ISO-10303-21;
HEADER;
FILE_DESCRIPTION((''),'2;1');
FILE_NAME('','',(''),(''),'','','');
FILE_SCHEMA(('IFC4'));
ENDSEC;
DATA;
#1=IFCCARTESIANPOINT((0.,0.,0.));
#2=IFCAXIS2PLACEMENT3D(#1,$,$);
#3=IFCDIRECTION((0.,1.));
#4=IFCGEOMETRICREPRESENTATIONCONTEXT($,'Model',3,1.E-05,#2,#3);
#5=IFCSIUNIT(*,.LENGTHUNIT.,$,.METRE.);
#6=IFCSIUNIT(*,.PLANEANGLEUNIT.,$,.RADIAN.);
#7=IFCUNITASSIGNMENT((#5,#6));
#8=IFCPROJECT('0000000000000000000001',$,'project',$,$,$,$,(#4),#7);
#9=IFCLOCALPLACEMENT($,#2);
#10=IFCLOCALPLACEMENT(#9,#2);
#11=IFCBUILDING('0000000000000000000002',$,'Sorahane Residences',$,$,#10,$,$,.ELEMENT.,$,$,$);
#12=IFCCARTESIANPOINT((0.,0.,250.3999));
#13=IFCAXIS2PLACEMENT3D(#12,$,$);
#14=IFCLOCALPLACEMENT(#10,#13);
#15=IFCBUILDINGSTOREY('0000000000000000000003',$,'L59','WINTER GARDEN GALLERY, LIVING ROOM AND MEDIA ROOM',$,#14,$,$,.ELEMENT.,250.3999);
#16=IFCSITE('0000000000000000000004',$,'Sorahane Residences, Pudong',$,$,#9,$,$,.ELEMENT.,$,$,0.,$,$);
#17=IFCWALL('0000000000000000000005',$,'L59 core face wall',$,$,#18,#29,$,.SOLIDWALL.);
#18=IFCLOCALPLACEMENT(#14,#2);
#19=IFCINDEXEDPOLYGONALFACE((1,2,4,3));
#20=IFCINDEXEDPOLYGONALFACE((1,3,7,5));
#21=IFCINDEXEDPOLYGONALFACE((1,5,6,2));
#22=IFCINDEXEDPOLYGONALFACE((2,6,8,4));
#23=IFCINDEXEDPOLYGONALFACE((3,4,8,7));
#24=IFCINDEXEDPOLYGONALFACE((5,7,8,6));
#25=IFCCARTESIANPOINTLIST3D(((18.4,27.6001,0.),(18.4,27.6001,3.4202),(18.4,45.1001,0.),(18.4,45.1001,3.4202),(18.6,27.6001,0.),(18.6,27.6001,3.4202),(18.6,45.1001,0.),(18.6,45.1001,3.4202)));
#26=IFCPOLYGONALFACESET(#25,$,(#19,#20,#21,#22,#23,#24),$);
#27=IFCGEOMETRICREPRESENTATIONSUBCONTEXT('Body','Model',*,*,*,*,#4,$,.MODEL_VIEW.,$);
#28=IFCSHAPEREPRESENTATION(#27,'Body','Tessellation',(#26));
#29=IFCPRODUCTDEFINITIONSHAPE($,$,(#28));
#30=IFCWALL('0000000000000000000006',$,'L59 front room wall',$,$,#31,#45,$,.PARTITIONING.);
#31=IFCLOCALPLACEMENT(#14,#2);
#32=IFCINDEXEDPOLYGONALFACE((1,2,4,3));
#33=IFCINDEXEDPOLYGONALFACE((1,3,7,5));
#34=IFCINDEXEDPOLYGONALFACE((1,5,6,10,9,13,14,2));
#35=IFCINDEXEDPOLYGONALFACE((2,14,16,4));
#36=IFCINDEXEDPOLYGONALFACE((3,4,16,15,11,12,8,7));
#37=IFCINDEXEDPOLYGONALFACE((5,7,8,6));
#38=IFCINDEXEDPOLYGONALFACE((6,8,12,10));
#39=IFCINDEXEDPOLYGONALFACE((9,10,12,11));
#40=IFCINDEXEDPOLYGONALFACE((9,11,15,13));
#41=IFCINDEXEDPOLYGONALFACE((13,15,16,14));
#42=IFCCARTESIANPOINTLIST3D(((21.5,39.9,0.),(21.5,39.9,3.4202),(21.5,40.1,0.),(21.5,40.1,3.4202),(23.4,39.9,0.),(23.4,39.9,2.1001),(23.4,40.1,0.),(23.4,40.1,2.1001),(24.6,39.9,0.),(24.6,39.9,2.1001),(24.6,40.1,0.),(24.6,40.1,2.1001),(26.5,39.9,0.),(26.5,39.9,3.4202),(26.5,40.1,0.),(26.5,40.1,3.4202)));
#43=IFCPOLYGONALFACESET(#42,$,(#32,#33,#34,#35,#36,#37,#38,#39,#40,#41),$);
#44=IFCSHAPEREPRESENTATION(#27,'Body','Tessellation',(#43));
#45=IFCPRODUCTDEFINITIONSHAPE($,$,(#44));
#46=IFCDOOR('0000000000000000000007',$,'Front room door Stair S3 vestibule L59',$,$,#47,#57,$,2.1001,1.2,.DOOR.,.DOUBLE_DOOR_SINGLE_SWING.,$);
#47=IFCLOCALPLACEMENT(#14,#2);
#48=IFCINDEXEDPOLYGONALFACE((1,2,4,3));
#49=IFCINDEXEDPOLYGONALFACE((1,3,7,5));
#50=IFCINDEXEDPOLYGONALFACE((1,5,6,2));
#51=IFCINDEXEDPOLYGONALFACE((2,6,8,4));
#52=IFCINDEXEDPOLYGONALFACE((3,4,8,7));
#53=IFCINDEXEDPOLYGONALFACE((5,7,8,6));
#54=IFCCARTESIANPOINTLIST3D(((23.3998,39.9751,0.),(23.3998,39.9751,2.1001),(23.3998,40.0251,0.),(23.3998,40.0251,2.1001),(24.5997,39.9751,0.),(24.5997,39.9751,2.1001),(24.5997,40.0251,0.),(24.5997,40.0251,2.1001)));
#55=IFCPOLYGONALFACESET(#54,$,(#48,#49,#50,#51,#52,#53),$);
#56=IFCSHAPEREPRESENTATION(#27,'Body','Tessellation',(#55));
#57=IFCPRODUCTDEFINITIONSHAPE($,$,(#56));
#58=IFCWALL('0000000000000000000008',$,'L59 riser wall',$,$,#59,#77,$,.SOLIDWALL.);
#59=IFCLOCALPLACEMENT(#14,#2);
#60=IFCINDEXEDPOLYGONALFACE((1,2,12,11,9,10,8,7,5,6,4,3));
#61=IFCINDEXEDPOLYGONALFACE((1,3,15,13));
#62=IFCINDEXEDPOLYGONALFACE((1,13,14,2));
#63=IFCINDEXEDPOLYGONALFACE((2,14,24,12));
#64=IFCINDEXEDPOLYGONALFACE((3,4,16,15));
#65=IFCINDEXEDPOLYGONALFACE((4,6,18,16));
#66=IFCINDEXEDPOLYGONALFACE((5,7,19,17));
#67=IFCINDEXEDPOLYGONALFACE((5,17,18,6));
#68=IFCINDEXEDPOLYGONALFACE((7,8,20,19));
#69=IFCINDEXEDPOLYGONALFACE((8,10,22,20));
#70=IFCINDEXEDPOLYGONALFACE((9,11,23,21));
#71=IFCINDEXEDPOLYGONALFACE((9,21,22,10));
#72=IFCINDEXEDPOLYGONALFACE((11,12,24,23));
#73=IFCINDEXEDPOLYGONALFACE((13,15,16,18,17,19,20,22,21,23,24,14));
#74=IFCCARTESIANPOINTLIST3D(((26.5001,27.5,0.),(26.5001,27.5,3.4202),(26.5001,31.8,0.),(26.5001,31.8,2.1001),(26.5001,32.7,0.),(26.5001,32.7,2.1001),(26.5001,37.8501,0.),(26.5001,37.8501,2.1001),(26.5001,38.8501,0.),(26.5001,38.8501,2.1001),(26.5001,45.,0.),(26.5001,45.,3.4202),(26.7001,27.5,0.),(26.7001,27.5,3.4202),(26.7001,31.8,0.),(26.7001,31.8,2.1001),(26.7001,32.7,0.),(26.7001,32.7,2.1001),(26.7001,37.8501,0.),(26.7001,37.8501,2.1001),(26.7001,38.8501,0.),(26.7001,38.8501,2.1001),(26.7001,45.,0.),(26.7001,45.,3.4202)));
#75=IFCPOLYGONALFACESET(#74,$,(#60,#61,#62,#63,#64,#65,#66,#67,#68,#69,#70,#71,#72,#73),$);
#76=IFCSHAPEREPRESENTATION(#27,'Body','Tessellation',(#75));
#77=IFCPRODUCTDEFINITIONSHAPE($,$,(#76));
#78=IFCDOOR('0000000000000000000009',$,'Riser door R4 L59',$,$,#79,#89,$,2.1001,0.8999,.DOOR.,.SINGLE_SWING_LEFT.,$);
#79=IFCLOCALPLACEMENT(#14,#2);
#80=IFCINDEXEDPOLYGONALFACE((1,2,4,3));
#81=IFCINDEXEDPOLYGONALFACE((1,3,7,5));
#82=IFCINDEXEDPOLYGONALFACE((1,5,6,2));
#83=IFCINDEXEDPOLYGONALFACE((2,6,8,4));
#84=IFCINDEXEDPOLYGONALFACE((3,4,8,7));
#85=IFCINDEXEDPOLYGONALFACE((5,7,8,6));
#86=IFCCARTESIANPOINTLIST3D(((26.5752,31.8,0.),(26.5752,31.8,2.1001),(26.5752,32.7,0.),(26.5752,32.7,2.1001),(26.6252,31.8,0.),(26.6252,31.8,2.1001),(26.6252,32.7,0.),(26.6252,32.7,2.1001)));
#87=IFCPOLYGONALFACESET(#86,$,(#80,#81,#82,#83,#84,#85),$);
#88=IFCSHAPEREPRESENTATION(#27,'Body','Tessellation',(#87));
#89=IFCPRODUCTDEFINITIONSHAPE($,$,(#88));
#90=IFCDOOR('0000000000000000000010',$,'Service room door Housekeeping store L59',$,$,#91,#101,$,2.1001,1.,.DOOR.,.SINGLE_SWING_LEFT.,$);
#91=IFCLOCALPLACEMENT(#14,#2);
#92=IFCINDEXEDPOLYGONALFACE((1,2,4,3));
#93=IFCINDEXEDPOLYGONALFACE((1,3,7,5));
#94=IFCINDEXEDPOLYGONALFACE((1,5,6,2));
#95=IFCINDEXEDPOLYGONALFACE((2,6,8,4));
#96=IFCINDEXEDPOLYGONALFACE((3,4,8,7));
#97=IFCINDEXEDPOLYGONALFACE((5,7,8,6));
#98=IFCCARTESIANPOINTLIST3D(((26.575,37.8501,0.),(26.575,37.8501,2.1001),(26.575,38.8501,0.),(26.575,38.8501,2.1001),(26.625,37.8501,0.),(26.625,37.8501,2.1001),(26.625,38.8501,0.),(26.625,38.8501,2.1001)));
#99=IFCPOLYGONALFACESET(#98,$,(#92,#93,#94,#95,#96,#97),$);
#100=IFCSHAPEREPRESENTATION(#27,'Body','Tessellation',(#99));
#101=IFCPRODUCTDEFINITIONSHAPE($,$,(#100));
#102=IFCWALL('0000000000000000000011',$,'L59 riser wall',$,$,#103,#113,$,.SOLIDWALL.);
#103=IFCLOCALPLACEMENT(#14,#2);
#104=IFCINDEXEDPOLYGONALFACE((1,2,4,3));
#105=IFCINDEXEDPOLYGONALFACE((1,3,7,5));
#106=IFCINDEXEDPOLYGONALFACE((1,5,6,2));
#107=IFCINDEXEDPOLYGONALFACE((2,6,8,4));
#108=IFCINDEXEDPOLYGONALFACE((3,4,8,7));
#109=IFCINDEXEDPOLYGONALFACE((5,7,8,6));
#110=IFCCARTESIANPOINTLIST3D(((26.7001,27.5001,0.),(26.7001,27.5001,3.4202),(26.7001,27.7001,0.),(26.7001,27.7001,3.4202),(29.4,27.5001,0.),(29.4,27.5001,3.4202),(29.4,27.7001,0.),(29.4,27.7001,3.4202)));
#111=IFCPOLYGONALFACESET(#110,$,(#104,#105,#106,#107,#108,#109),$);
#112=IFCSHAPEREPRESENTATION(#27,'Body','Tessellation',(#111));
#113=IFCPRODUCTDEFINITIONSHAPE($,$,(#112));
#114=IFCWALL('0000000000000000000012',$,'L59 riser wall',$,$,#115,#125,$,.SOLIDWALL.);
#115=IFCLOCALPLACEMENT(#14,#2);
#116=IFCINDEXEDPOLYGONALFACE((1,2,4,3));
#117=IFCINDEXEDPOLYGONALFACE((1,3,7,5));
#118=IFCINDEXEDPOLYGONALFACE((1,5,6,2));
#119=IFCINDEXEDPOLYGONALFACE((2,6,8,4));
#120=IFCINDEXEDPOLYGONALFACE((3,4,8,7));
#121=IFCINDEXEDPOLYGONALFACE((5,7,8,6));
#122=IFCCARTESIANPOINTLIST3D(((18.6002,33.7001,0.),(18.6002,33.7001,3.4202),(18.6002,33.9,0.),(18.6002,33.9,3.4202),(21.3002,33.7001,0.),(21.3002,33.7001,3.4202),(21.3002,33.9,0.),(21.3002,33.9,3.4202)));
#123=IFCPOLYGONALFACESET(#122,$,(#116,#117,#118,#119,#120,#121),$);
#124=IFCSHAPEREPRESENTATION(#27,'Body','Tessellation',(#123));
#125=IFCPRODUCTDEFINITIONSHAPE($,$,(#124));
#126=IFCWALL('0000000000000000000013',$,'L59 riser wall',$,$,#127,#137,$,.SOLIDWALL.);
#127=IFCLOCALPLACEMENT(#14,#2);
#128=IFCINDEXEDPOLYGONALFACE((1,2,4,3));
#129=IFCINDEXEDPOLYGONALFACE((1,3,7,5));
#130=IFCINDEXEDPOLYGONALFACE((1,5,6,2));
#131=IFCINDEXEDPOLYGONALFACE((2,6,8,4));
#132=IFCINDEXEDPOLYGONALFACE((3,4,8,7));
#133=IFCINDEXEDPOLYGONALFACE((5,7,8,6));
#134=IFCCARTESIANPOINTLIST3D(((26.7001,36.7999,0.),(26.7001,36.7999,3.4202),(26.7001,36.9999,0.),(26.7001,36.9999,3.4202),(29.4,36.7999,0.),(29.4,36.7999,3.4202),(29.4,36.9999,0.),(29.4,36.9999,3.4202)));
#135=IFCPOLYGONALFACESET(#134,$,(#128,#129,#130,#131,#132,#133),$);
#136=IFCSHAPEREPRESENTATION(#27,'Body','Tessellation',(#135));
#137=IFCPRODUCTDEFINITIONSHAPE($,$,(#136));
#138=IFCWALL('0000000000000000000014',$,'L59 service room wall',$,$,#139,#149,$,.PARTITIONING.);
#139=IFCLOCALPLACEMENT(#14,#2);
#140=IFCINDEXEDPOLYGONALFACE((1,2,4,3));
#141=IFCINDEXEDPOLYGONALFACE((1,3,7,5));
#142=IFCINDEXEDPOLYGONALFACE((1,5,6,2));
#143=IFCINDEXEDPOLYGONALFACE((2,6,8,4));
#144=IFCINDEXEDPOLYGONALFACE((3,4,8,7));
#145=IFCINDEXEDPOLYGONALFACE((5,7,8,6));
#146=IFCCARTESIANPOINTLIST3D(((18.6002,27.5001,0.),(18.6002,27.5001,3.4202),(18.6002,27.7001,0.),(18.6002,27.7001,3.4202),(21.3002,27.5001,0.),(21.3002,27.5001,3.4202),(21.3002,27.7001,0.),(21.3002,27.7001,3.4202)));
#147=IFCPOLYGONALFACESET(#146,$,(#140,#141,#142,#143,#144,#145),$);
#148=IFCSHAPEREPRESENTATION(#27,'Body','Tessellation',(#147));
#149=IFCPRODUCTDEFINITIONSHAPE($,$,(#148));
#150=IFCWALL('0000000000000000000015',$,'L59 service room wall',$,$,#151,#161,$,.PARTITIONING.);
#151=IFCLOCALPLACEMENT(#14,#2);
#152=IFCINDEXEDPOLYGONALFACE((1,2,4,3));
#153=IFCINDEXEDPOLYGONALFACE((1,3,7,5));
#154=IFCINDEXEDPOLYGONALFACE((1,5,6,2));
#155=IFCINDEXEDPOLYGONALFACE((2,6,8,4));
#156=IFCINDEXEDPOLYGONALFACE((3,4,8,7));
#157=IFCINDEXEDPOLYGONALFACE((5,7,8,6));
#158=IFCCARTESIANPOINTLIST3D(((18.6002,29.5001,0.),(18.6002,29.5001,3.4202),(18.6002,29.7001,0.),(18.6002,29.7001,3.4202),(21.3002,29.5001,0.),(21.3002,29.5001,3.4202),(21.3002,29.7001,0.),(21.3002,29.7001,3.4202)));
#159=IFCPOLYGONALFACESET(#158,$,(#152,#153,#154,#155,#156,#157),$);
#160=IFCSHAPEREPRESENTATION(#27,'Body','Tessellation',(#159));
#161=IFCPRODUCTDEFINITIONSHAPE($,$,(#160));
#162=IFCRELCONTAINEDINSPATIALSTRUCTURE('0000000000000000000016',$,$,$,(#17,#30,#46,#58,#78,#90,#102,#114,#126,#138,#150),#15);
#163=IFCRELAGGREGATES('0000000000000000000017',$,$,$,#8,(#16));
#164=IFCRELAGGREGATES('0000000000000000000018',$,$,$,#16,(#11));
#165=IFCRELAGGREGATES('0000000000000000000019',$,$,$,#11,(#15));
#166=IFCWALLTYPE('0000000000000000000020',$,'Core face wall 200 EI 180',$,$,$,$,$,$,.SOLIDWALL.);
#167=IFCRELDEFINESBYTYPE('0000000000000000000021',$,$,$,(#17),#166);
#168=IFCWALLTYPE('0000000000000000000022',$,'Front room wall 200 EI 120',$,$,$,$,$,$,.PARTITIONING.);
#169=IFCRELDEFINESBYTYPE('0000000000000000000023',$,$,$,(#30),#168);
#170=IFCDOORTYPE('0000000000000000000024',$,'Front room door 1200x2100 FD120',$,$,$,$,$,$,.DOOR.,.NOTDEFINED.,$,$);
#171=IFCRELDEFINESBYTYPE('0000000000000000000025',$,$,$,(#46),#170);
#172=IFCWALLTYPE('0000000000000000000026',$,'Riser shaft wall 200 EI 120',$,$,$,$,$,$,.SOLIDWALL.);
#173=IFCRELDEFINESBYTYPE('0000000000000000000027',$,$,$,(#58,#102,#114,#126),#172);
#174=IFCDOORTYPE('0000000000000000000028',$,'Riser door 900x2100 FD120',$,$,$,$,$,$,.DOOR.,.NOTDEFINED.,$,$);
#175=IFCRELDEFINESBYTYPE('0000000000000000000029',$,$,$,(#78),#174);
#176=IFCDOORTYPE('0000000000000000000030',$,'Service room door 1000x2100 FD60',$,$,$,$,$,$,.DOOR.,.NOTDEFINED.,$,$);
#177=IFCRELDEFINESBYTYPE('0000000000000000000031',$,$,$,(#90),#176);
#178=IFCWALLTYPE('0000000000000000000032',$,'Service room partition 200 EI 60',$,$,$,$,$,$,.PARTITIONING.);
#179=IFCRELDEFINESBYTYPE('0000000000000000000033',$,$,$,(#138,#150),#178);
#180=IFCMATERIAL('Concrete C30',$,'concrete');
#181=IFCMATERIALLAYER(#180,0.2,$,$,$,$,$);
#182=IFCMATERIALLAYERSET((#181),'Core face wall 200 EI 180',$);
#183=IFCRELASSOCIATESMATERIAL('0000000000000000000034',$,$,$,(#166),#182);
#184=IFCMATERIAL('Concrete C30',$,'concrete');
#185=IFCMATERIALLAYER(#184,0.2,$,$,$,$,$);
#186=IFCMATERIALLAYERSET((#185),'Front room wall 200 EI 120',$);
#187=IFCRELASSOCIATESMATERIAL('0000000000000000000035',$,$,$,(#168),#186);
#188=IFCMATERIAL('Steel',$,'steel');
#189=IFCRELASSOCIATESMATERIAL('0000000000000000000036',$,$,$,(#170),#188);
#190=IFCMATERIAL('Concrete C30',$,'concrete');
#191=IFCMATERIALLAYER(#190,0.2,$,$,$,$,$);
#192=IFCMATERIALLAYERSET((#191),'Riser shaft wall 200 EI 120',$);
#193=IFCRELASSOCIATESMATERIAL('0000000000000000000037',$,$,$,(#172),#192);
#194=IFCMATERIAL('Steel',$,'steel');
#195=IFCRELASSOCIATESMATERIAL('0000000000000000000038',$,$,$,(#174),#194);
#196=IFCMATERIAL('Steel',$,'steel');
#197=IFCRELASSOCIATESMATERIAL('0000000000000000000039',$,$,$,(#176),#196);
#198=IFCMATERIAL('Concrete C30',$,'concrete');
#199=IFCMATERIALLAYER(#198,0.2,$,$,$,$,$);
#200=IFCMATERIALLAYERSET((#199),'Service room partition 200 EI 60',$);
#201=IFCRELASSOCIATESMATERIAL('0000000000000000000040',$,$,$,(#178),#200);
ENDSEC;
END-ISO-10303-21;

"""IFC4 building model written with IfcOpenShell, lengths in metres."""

from ifc_helpers import new_model, si_unit, direction, frame, frame_2d, origin, place, context, subcontext, project, spatial, rectangle, extrude, material, layer, layer_set, type_object, element, fill, save


model = new_model("IFC4")

# Units and contexts
model_context = context("Model", 3, precision=1e-05, world=origin(), true_north=direction((0.0, 1.0)))
body_context = subcontext(model_context, "Body", "Model", "MODEL_VIEW")
ifc_project = project(units=[si_unit("LENGTHUNIT", "METRE"), si_unit("PLANEANGLEUNIT", "RADIAN")], contexts=[model_context])

# Site, building, storey
site_placement = place(None, origin())
site = spatial("IfcSite", under=ifc_project, at=site_placement, Name="Sorahane Residences, Pudong", CompositionType="ELEMENT", RefElevation=0.0)
building_placement = place(site_placement, origin())
building = spatial("IfcBuilding", under=site, at=building_placement, Name="Sorahane Residences", CompositionType="ELEMENT")
storey_placement = place(building_placement, frame((0.0, 0.0, 250.3999)))
storey = spatial("IfcBuildingStorey", under=building, at=storey_placement, Name="L59", Description="WINTER GARDEN GALLERY, LIVING ROOM AND MEDIA ROOM", CompositionType="ELEMENT", Elevation=250.3999)

# Wall
ifc_material_1 = material(Name="Concrete C30", Category="concrete")
ifc_layer_1 = layer(ifc_material_1, 0.2)
ifc_layer_set_1 = layer_set([ifc_layer_1], Name="Core face wall 200 EI 180")
wall_type_1 = type_object("IfcWallType", Name="Core face wall 200 EI 180", PredefinedType="SOLIDWALL", material=ifc_layer_set_1)
wall_1_placement = place(storey_placement, frame((18.5, 27.6001, 0.0), z_axis=(0.0, 0.0, 1.0), x_axis=(0.0, 1.0, 0.0)))
element("IfcWall", 1, at=wall_1_placement, inside=storey, type_object=wall_type_1, Name="L59 core face wall", PredefinedType="SOLIDWALL", context=body_context, shape_type="SweptSolid", body=[
    extrude(rectangle(XDim=17.5, YDim=0.2, at=frame_2d((8.75, 0.0))), origin(), (0.0, 0.0, 1.0), 3.4202),
])

# Wall, opening, door
ifc_material_2 = material(Name="Concrete C30", Category="concrete")
ifc_layer_2 = layer(ifc_material_2, 0.2)
ifc_layer_set_2 = layer_set([ifc_layer_2], Name="Front room wall 200 EI 120")
wall_type_2 = type_object("IfcWallType", Name="Front room wall 200 EI 120", PredefinedType="PARTITIONING", material=ifc_layer_set_2)
wall_2_placement = place(storey_placement, frame((21.5, 40.0, 0.0), z_axis=(0.0, 0.0, 1.0), x_axis=(1.0, 0.0, 0.0)))
wall_2 = element("IfcWall", 2, at=wall_2_placement, inside=storey, type_object=wall_type_2, Name="L59 front room wall", PredefinedType="PARTITIONING", context=body_context, shape_type="SweptSolid", body=[
    extrude(rectangle(XDim=5.0, YDim=0.2, at=frame_2d((2.5, 0.0))), origin(), (0.0, 0.0, 1.0), 3.4202),
])
opening_1_placement = place(wall_2_placement, frame((1.8999, 0.0, 0.0)))
opening_1 = element("IfcOpeningElement", 3, at=opening_1_placement, cuts=wall_2, PredefinedType="OPENING", context=body_context, shape_type="SweptSolid", body=[
    extrude(rectangle(XDim=1.2, YDim=2.1001, at=frame_2d((0.6001, 1.05))), frame((0.0, 0.1099, 0.0), z_axis=(0.0, -1.0, 0.0), x_axis=(1.0, 0.0, 0.0)), (0.0, 0.0, 1.0), 0.22),
])
ifc_material_3 = material(Name="Steel", Category="steel")
door_type_1 = type_object("IfcDoorType", Name="Front room door 1200x2100 FD120", OperationType="NOTDEFINED", PredefinedType="DOOR", material=ifc_material_3)
door_1_placement = place(opening_1_placement, frame((1.2, 0.0, 0.0), z_axis=(0.0, 0.0, 1.0), x_axis=(-1.0, 0.0, 0.0)))
door_1 = element("IfcDoor", 4, at=door_1_placement, inside=storey, type_object=door_type_1, Name="Front room door Stair S3 vestibule L59", OperationType="DOUBLE_DOOR_SINGLE_SWING", OverallHeight=2.1001, OverallWidth=1.2, PredefinedType="DOOR", context=body_context, shape_type="SweptSolid", body=[
    extrude(rectangle(XDim=1.2, YDim=2.1001, at=frame_2d((0.6001, 1.05))), frame((0.0, 0.0249, 0.0), z_axis=(0.0, -1.0, 0.0), x_axis=(1.0, 0.0, 0.0)), (0.0, 0.0, 1.0), 0.05),
])
fill(opening_1, door_1)

# Wall, openings, doors
ifc_material_4 = material(Name="Concrete C30", Category="concrete")
ifc_layer_3 = layer(ifc_material_4, 0.2)
ifc_layer_set_3 = layer_set([ifc_layer_3], Name="Riser shaft wall 200 EI 120")
wall_type_3 = type_object("IfcWallType", Name="Riser shaft wall 200 EI 120", PredefinedType="SOLIDWALL", material=ifc_layer_set_3)
wall_3_placement = place(storey_placement, frame((26.6001, 27.5, 0.0), z_axis=(0.0, 0.0, 1.0), x_axis=(0.0, 1.0, 0.0)))
wall_3 = element("IfcWall", 5, at=wall_3_placement, inside=storey, type_object=wall_type_3, Name="L59 riser wall", PredefinedType="SOLIDWALL", context=body_context, shape_type="SweptSolid", body=[
    extrude(rectangle(XDim=17.5, YDim=0.2, at=frame_2d((8.75, 0.0))), origin(), (0.0, 0.0, 1.0), 3.4202),
])
opening_2_placement = place(wall_3_placement, frame((4.3, 0.0, 0.0)))
opening_2 = element("IfcOpeningElement", 6, at=opening_2_placement, cuts=wall_3, PredefinedType="OPENING", context=body_context, shape_type="SweptSolid", body=[
    extrude(rectangle(XDim=0.8999, YDim=2.1001, at=frame_2d((0.45, 1.05))), frame((0.0, 0.1099, 0.0), z_axis=(0.0, -1.0, 0.0), x_axis=(1.0, 0.0, 0.0)), (0.0, 0.0, 1.0), 0.22),
])
opening_3_placement = place(wall_3_placement, frame((10.3501, 0.0, 0.0)))
opening_3 = element("IfcOpeningElement", 7, at=opening_3_placement, cuts=wall_3, PredefinedType="OPENING", context=body_context, shape_type="SweptSolid", body=[
    extrude(rectangle(XDim=1.0, YDim=2.1001, at=frame_2d((0.5, 1.05))), frame((0.0, 0.1099, 0.0), z_axis=(0.0, -1.0, 0.0), x_axis=(1.0, 0.0, 0.0)), (0.0, 0.0, 1.0), 0.22),
])
ifc_material_5 = material(Name="Steel", Category="steel")
door_type_2 = type_object("IfcDoorType", Name="Riser door 900x2100 FD120", OperationType="NOTDEFINED", PredefinedType="DOOR", material=ifc_material_5)
door_2_placement = place(opening_2_placement, origin())
door_2 = element("IfcDoor", 8, at=door_2_placement, inside=storey, type_object=door_type_2, Name="Riser door R4 L59", OperationType="SINGLE_SWING_LEFT", OverallHeight=2.1001, OverallWidth=0.8999, PredefinedType="DOOR", context=body_context, shape_type="SweptSolid", body=[
    extrude(rectangle(XDim=0.8999, YDim=2.1001, at=frame_2d((0.45, 1.05))), frame((0.0, 0.0249, 0.0), z_axis=(0.0, -1.0, 0.0), x_axis=(1.0, 0.0, 0.0)), (0.0, 0.0, 1.0), 0.05),
])
fill(opening_2, door_2)
ifc_material_6 = material(Name="Steel", Category="steel")
door_type_3 = type_object("IfcDoorType", Name="Service room door 1000x2100 FD60", OperationType="NOTDEFINED", PredefinedType="DOOR", material=ifc_material_6)
door_3_placement = place(opening_3_placement, frame((1.0, 0.0, 0.0), z_axis=(0.0, 0.0, 1.0), x_axis=(-1.0, 0.0, 0.0)))
door_3 = element("IfcDoor", 9, at=door_3_placement, inside=storey, type_object=door_type_3, Name="Service room door Housekeeping store L59", OperationType="SINGLE_SWING_LEFT", OverallHeight=2.1001, OverallWidth=1.0, PredefinedType="DOOR", context=body_context, shape_type="SweptSolid", body=[
    extrude(rectangle(XDim=1.0, YDim=2.1001, at=frame_2d((0.5, 1.05))), frame((0.0, 0.0249, 0.0), z_axis=(0.0, -1.0, 0.0), x_axis=(1.0, 0.0, 0.0)), (0.0, 0.0, 1.0), 0.05),
])
fill(opening_3, door_3)

# Walls
for number, where, z_axis, x_axis, name in (
    (10, (26.7, 27.6001, 0.0), (0.0, 0.0, 1.0), (1.0, 0.0, 0.0), "L59 riser wall"),
    (11, (18.6001, 33.8, 0.0), (0.0, 0.0, 1.0), (1.0, 0.0, 0.0), "L59 riser wall"),
    (12, (26.7, 36.8999, 0.0), (0.0, 0.0, 1.0), (1.0, 0.0, 0.0), "L59 riser wall"),
):
    element("IfcWall", number, at=place(storey_placement, frame(where, z_axis=z_axis, x_axis=x_axis)), inside=storey, type_object=wall_type_3, Name=name, PredefinedType="SOLIDWALL", context=body_context, shape_type="SweptSolid", body=[
        extrude(rectangle(XDim=2.7, YDim=0.2, at=frame_2d((1.3501, 0.0))), origin(), (0.0, 0.0, 1.0), 3.4202),
    ])
ifc_material_7 = material(Name="Concrete C30", Category="concrete")
ifc_layer_4 = layer(ifc_material_7, 0.2)
ifc_layer_set_4 = layer_set([ifc_layer_4], Name="Service room partition 200 EI 60")
wall_type_4 = type_object("IfcWallType", Name="Service room partition 200 EI 60", PredefinedType="PARTITIONING", material=ifc_layer_set_4)
for number, where, z_axis, x_axis, name in (
    (13, (18.6001, 27.6001, 0.0), (0.0, 0.0, 1.0), (1.0, 0.0, 0.0), "L59 service room wall"),
    (14, (18.6001, 29.6001, 0.0), (0.0, 0.0, 1.0), (1.0, 0.0, 0.0), "L59 service room wall"),
):
    element("IfcWall", number, at=place(storey_placement, frame(where, z_axis=z_axis, x_axis=x_axis)), inside=storey, type_object=wall_type_4, Name=name, PredefinedType="PARTITIONING", context=body_context, shape_type="SweptSolid", body=[
        extrude(rectangle(XDim=2.7, YDim=0.2, at=frame_2d((1.3501, 0.0))), origin(), (0.0, 0.0, 1.0), 3.4202),
    ])

save(model, "model.ifc")
